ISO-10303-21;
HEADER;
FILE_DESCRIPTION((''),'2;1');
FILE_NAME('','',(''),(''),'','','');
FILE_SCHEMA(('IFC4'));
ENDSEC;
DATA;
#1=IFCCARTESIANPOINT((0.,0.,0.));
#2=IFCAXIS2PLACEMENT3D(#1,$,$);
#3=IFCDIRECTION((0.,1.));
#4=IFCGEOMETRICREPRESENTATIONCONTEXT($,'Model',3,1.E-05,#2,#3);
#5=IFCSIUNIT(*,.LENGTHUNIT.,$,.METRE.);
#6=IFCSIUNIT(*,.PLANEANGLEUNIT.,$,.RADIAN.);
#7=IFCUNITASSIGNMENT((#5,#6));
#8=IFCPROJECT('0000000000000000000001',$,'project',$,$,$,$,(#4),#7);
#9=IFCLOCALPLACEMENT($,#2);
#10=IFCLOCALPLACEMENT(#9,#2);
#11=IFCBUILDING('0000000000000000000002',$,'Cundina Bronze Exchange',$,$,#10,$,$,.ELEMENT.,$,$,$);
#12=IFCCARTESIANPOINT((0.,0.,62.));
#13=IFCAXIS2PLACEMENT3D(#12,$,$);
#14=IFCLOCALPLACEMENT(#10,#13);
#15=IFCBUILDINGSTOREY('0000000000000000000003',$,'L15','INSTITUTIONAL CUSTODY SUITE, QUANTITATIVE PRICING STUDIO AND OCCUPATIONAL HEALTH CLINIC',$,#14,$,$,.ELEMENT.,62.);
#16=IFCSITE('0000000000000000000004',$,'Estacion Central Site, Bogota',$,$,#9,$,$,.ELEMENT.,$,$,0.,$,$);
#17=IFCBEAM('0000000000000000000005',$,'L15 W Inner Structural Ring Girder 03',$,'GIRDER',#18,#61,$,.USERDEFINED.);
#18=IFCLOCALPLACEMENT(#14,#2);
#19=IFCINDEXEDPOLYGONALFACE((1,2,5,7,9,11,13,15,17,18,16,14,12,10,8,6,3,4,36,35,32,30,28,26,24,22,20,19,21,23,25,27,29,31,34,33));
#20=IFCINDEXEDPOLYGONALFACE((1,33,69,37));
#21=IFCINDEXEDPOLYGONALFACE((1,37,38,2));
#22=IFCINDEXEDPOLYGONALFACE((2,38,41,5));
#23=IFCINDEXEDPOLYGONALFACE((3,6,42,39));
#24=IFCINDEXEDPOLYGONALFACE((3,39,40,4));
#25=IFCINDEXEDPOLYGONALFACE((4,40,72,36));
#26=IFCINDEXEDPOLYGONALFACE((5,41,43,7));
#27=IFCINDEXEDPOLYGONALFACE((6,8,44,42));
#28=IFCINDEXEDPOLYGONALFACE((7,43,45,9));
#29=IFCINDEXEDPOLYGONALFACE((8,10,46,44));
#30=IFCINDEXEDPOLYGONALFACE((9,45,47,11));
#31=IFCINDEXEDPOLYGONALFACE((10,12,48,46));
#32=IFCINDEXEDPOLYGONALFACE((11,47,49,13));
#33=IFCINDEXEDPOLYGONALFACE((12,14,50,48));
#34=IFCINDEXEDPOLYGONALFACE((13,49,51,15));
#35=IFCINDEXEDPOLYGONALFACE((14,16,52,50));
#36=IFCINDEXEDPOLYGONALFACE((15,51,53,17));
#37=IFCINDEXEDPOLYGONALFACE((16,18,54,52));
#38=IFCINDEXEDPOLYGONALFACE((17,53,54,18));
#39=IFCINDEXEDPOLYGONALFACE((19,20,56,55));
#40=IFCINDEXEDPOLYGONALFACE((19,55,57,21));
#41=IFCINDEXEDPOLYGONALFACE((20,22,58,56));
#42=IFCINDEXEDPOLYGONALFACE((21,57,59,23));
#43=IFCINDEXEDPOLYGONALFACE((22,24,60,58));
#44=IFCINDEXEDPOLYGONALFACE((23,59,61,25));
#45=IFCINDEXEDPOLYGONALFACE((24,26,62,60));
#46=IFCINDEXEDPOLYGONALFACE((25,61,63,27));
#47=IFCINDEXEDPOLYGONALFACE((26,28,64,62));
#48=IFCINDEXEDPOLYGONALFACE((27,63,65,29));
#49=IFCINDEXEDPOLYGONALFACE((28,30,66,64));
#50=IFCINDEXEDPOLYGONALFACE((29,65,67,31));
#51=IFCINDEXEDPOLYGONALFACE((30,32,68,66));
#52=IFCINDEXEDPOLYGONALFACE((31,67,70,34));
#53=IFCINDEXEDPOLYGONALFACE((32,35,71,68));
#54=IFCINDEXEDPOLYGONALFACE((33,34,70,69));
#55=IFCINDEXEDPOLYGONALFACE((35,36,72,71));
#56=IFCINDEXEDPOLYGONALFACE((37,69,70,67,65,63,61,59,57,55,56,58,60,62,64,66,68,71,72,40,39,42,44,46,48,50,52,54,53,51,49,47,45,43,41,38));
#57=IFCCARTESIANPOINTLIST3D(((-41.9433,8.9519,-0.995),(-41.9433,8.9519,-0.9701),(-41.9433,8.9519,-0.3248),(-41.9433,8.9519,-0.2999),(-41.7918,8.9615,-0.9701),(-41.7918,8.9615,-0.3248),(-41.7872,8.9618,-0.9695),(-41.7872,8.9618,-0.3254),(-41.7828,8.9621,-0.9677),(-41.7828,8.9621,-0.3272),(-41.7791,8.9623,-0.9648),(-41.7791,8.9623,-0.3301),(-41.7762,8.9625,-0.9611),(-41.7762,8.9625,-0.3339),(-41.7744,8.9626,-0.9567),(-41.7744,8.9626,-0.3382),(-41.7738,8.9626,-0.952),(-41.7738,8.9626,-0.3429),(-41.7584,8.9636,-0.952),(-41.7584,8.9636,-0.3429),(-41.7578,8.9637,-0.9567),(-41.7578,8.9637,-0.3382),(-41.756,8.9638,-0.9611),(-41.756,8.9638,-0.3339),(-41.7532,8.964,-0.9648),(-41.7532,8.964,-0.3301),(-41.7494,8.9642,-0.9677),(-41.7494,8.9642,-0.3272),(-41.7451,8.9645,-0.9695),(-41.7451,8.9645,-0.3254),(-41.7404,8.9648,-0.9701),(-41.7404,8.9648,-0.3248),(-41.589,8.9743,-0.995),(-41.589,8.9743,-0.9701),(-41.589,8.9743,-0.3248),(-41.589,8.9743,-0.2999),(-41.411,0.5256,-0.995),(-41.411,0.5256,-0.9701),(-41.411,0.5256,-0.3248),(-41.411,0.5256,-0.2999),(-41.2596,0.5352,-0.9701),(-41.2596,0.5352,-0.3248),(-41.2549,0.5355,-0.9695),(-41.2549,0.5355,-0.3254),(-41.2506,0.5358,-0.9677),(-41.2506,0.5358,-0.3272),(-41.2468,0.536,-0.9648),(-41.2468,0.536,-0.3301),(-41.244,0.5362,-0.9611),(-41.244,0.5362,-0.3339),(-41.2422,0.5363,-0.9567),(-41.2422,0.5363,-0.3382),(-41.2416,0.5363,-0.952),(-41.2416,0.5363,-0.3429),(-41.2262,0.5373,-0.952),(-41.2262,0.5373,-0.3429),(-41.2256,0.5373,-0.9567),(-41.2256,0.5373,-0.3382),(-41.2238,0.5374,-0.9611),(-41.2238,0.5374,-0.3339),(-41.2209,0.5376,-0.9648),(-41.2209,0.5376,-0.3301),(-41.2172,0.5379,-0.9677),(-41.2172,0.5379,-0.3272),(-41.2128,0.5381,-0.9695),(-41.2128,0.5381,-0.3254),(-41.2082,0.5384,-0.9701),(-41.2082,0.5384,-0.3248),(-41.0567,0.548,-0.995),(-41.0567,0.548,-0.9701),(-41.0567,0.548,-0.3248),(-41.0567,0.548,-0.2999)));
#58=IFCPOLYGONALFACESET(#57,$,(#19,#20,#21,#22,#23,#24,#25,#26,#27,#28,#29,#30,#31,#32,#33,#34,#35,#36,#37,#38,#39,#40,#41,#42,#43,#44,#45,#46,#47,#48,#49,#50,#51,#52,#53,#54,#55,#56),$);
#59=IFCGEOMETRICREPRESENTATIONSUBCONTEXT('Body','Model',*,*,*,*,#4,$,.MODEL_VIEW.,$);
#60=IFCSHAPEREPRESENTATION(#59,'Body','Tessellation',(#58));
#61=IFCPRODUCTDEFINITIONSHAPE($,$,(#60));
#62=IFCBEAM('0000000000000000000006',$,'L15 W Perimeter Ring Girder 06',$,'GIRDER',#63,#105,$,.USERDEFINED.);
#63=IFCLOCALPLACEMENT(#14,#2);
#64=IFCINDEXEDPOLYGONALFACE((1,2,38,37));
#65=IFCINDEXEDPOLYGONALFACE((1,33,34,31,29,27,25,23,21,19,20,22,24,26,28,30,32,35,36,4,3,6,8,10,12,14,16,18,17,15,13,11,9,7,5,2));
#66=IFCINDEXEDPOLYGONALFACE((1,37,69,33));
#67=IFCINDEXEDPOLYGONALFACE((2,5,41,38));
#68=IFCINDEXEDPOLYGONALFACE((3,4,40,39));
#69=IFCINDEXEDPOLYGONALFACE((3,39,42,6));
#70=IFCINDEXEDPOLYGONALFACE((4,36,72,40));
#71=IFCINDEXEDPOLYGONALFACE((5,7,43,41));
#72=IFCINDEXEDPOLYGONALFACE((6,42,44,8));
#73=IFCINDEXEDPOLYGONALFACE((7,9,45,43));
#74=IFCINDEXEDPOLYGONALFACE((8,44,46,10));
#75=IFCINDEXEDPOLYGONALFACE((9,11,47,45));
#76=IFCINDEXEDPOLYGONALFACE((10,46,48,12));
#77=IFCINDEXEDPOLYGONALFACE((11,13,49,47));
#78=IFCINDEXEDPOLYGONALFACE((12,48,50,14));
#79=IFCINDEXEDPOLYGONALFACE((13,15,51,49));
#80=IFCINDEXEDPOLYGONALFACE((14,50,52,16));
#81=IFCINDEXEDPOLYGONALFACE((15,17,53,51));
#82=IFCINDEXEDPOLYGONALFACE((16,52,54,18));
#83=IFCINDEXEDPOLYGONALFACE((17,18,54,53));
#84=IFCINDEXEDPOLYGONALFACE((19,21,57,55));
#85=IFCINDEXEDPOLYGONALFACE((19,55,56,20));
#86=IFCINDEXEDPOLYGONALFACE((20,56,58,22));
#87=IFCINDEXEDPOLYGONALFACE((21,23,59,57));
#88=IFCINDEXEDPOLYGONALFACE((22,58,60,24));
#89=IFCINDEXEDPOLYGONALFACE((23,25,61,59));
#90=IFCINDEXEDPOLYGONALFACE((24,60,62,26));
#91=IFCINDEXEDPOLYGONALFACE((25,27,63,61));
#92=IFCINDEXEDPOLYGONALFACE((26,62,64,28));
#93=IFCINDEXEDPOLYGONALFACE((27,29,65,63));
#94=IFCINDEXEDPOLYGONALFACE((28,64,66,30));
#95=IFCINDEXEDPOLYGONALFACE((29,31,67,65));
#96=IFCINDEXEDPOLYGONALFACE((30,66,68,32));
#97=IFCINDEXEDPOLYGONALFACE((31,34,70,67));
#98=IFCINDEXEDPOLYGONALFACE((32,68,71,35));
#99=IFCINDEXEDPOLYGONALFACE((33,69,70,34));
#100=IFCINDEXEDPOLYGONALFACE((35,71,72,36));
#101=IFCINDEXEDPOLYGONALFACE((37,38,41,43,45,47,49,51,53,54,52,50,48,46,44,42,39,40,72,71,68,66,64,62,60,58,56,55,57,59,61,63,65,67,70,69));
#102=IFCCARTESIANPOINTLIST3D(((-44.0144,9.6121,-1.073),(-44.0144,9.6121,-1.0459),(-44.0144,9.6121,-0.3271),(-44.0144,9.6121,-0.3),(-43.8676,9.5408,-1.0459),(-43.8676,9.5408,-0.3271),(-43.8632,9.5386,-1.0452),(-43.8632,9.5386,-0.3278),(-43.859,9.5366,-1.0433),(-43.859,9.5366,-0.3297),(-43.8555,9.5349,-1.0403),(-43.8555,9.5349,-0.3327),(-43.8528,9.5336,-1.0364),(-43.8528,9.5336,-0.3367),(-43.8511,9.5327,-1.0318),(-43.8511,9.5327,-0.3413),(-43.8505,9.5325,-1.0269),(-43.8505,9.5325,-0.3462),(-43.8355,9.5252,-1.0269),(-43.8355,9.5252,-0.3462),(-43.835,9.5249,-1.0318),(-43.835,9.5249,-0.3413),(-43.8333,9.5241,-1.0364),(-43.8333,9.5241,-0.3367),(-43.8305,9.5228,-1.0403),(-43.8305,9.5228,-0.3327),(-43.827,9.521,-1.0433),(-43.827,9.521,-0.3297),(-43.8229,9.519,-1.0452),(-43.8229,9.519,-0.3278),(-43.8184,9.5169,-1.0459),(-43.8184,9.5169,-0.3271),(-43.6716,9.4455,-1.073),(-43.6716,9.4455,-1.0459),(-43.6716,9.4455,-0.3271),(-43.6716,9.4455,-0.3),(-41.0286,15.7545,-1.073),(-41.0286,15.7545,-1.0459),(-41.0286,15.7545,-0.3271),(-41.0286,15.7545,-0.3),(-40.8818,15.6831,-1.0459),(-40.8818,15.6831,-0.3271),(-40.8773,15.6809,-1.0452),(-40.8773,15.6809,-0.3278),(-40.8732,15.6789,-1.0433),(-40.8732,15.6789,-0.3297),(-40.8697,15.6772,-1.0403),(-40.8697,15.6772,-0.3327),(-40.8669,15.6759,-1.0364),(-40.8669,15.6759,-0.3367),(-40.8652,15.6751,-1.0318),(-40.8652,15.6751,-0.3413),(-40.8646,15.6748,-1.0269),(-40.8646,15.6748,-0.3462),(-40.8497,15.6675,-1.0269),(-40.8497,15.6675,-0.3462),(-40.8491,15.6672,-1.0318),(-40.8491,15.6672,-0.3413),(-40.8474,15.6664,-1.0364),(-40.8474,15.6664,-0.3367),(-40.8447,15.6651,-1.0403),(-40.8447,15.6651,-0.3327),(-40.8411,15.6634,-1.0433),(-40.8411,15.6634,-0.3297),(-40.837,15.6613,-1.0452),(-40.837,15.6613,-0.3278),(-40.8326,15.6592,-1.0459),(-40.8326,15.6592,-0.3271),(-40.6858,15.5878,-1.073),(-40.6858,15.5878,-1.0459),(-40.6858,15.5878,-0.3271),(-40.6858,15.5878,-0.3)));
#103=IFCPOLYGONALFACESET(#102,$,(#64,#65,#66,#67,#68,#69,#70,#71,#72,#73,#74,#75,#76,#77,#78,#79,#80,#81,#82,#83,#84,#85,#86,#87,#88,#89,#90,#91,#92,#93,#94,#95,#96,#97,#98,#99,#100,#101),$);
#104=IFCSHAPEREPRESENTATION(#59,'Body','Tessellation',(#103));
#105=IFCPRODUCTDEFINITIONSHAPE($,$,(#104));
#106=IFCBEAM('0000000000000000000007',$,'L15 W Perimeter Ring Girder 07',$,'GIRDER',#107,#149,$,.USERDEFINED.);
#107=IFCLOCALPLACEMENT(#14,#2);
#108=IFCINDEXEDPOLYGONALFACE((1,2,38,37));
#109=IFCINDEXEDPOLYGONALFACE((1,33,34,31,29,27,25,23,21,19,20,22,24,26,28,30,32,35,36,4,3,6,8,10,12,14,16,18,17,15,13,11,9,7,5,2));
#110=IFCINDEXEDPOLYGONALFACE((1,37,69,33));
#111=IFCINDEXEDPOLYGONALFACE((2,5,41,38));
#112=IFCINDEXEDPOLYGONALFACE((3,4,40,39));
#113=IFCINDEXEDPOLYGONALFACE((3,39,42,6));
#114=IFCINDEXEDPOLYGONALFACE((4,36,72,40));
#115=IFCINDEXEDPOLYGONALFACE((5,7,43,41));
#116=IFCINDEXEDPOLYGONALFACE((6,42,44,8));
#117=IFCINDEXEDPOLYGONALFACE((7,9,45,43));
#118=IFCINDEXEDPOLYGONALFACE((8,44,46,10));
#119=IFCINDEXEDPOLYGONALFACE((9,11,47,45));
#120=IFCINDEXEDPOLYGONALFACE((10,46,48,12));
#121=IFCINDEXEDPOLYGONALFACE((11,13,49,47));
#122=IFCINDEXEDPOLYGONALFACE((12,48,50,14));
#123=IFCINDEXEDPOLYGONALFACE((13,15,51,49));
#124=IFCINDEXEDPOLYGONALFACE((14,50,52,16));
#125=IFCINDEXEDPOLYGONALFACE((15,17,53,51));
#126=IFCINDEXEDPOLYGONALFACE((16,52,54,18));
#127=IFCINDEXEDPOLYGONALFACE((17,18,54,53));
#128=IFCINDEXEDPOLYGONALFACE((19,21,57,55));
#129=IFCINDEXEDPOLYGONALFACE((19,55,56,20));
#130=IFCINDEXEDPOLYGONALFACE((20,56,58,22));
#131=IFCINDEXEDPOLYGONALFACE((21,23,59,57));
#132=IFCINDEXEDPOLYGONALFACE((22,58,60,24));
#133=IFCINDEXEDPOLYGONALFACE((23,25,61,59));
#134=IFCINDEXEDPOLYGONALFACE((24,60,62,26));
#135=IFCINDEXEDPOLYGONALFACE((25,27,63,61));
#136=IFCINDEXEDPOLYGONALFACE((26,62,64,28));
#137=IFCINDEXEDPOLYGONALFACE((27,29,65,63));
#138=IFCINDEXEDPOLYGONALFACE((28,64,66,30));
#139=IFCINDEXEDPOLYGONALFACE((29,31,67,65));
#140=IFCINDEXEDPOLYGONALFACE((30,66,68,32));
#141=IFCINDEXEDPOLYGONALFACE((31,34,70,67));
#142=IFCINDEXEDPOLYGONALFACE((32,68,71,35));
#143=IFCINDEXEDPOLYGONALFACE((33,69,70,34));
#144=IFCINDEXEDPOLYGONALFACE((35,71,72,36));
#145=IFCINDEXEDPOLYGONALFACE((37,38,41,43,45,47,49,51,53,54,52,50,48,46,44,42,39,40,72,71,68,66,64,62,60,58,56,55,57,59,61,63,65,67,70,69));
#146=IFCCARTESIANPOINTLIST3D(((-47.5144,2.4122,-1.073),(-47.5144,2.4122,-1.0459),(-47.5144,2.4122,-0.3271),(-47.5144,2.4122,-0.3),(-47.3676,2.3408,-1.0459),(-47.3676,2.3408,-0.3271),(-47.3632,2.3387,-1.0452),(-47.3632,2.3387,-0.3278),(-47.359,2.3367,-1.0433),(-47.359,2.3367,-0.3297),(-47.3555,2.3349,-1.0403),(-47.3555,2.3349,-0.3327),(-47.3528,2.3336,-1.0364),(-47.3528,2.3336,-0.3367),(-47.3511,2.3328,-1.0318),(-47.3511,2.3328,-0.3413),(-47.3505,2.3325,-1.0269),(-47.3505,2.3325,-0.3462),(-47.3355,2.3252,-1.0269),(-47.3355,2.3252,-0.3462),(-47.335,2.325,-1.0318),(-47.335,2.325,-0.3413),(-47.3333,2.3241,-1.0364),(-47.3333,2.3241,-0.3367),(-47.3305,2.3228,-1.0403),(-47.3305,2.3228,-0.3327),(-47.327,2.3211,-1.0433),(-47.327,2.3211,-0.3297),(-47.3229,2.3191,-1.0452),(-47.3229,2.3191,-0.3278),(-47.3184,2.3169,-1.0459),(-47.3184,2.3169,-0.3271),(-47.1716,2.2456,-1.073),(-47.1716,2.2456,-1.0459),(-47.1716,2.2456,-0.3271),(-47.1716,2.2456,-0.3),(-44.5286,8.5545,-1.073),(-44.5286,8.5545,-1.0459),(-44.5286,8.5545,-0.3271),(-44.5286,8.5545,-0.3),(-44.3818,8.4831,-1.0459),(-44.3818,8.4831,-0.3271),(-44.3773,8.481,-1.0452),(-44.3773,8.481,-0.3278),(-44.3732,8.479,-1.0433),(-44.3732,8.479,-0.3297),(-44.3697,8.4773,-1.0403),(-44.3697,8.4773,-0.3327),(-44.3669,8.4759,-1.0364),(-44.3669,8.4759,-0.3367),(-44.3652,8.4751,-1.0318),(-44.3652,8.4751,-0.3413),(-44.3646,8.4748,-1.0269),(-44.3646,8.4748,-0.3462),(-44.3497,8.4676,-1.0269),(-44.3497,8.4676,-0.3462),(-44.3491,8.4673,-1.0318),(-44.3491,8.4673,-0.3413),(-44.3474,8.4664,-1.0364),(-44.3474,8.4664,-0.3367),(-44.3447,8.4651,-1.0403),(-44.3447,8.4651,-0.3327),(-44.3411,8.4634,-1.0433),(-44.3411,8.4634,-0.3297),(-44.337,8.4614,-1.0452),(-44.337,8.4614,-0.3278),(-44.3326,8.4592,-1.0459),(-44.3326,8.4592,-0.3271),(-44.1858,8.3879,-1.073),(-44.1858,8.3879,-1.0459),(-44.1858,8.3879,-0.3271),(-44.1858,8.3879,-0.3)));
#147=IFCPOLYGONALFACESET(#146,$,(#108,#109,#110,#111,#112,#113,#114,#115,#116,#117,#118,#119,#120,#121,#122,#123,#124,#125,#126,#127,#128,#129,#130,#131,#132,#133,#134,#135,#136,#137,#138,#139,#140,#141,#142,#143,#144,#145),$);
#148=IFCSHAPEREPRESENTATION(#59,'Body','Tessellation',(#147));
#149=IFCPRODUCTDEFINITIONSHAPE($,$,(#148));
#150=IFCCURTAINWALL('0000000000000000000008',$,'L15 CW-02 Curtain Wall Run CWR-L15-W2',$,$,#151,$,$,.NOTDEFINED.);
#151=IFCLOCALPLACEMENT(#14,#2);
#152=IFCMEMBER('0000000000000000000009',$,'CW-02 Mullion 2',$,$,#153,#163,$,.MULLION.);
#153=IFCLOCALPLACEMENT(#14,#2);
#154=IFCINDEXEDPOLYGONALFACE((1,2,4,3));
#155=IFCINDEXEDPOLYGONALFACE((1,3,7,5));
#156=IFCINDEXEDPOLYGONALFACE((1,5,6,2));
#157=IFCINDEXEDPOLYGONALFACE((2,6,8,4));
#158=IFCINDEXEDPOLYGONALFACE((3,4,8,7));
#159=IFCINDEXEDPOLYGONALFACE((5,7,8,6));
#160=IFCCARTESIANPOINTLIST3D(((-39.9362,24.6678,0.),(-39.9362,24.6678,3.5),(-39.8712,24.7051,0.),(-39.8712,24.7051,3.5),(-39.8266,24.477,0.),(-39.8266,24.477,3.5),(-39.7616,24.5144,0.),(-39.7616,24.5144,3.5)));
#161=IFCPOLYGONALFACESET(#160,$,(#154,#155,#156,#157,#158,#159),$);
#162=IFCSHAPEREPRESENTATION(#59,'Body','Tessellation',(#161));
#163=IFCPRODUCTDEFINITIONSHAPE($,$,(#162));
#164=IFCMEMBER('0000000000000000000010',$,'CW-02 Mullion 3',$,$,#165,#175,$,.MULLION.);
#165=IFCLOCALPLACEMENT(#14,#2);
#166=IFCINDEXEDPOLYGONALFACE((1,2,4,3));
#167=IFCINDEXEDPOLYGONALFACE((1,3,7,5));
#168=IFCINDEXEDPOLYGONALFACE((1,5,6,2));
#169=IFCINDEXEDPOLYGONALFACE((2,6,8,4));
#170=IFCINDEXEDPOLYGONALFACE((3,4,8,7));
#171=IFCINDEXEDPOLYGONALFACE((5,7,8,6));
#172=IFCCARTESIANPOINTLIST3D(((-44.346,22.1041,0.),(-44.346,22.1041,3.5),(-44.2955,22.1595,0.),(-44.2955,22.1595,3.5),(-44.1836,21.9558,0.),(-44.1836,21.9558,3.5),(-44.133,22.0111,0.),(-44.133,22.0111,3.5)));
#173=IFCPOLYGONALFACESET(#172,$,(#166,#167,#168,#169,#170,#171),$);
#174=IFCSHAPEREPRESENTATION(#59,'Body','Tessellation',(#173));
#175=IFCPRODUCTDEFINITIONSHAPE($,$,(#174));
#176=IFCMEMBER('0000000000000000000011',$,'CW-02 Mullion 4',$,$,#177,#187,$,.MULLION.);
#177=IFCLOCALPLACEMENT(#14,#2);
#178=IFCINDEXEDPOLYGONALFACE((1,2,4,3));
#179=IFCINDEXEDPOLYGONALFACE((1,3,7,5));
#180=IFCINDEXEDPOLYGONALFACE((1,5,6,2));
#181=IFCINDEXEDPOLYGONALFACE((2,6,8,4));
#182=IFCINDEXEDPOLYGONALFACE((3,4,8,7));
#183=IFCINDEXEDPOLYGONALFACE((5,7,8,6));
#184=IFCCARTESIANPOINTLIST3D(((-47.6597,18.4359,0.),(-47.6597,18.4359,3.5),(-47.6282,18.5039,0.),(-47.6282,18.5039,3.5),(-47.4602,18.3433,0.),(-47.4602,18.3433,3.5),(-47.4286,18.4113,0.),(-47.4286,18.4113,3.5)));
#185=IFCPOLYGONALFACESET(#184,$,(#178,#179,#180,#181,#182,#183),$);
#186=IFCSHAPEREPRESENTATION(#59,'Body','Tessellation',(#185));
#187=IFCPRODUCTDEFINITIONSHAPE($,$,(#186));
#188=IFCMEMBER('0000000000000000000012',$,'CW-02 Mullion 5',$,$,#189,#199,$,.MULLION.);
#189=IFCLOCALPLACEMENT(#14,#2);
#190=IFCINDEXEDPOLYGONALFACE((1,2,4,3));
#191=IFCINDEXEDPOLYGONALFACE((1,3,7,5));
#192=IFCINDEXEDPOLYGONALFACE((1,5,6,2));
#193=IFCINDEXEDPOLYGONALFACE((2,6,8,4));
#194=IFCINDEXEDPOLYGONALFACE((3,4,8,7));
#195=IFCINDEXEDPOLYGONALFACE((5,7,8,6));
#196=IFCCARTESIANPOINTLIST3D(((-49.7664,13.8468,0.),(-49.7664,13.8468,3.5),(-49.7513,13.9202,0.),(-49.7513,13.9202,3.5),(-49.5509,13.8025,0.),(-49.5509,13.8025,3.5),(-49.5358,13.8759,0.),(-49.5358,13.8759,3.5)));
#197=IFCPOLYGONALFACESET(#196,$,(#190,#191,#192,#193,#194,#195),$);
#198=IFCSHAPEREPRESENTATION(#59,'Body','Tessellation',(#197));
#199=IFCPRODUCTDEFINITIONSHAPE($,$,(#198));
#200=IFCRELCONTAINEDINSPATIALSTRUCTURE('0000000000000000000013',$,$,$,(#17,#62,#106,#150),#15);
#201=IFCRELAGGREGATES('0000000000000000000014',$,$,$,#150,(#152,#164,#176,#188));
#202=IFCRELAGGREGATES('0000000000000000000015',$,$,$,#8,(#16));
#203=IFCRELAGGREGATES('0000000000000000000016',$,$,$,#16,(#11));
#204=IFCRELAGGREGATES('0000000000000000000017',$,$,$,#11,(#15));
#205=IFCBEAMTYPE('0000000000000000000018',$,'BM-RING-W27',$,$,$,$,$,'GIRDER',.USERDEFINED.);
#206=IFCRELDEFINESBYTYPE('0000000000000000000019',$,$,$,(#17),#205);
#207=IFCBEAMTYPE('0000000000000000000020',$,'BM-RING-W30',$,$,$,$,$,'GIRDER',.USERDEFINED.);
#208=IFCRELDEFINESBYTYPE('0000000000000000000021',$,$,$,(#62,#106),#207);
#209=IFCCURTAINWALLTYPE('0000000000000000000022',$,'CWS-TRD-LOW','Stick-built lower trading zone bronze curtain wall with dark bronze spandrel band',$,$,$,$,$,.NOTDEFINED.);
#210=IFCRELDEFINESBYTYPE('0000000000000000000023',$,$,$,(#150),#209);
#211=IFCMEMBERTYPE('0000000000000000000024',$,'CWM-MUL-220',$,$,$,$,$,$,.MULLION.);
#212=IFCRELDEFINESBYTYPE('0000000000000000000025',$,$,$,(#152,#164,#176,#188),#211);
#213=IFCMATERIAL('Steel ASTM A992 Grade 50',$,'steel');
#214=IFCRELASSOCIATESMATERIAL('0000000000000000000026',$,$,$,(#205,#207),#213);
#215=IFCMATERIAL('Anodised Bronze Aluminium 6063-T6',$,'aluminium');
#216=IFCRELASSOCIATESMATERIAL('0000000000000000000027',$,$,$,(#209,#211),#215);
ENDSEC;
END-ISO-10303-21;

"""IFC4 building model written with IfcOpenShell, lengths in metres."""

from ifc_helpers import new_model, si_unit, direction, frame, origin, origin_2d, place, context, subcontext, project, spatial, rectangle, i_section, extrude, material, material_profile, profile_set, type_object, element, aggregate, save


model = new_model("IFC4")

# Units and contexts
model_context = context("Model", 3, precision=1e-05, world=origin(), true_north=direction((0.0, 1.0)))
body_context = subcontext(model_context, "Body", "Model", "MODEL_VIEW")
ifc_project = project(units=[si_unit("LENGTHUNIT", "METRE"), si_unit("PLANEANGLEUNIT", "RADIAN")], contexts=[model_context])

# Site, building, storey
site_placement = place(None, origin())
site = spatial("IfcSite", under=ifc_project, at=site_placement, Name="Estacion Central Site, Bogota", CompositionType="ELEMENT", RefElevation=0.0)
building_placement = place(site_placement, origin())
building = spatial("IfcBuilding", under=site, at=building_placement, Name="Cundina Bronze Exchange", CompositionType="ELEMENT")
storey_placement = place(building_placement, frame((0.0, 0.0, 62.0)))
storey = spatial("IfcBuildingStorey", under=building, at=storey_placement, Name="L15", Description="INSTITUTIONAL CUSTODY SUITE, QUANTITATIVE PRICING STUDIO AND OCCUPATIONAL HEALTH CLINIC", CompositionType="ELEMENT", Elevation=62.0)

# Beams
ifc_material_1 = material(Name="Steel ASTM A992 Grade 50", Category="steel")
ifc_material_profile_1 = material_profile(ifc_material_1, i_section(OverallWidth=0.355, OverallDepth=0.6951, WebThickness=0.0154, FlangeThickness=0.0249, FilletRadius=0.0181, at=origin_2d()), Name="W27X146", Category="steel")
ifc_profile_set_1 = profile_set([ifc_material_profile_1], Name="Steel ASTM A992 Grade 50")
beam_type_1 = type_object("IfcBeamType", Name="BM-RING-W27", ElementType="GIRDER", PredefinedType="USERDEFINED", material=ifc_profile_set_1)
beam_1_placement = place(storey_placement, frame((-41.7661, 8.9631, -0.6475), z_axis=(0.063037, -0.998011, 0.0), x_axis=(0.998011, 0.063037, 0.0)))
element("IfcBeam", 1, at=beam_1_placement, inside=storey, type_object=beam_type_1, Name="L15 W Inner Structural Ring Girder 03", ObjectType="GIRDER", PredefinedType="USERDEFINED", context=body_context, shape_type="SweptSolid", body=[
    extrude(i_section(OverallWidth=0.355, OverallDepth=0.6951, WebThickness=0.0154, FlangeThickness=0.0249, FilletRadius=0.0181, at=origin_2d()), origin(), (0.0, 0.0, 1.0), 8.4431),
])
ifc_material_profile_2 = material_profile(ifc_material_1, i_section(OverallWidth=0.3811, OverallDepth=0.7729, WebThickness=0.0166, FlangeThickness=0.0271, FilletRadius=0.019, at=origin_2d()), Name="W30X173", Category="steel")
ifc_profile_set_2 = profile_set([ifc_material_profile_2], Name="Steel ASTM A992 Grade 50")
beam_type_2 = type_object("IfcBeamType", Name="BM-RING-W30", ElementType="GIRDER", PredefinedType="USERDEFINED", material=ifc_profile_set_2)
for number, where, z_axis, x_axis, name in (
    (2, (-40.8572, 15.6711, -0.6865), (-0.437191, -0.899369, 0.0), (0.899369, -0.437191, 0.0), "L15 W Perimeter Ring Girder 06"),
    (3, (-44.3572, 8.4712, -0.6865), (-0.437191, -0.899369, 0.0), (0.899369, -0.437191, 0.0), "L15 W Perimeter Ring Girder 07"),
):
    element("IfcBeam", number, at=place(storey_placement, frame(where, z_axis=z_axis, x_axis=x_axis)), inside=storey, type_object=beam_type_2, Name=name, ObjectType="GIRDER", PredefinedType="USERDEFINED", context=body_context, shape_type="SweptSolid", body=[
        extrude(i_section(OverallWidth=0.3811, OverallDepth=0.7729, WebThickness=0.0166, FlangeThickness=0.0271, FilletRadius=0.019, at=origin_2d()), origin(), (0.0, 0.0, 1.0), 6.8296),
    ])

# Curtain wall, members
ifc_material_2 = material(Name="Anodised Bronze Aluminium 6063-T6", Category="aluminium")
curtain_wall_type = type_object("IfcCurtainWallType", Name="CWS-TRD-LOW", Description="Stick-built lower trading zone bronze curtain wall with dark bronze spandrel band", PredefinedType="NOTDEFINED", material=ifc_material_2)
curtain_wall_placement = place(storey_placement, origin())
curtain_wall = element("IfcCurtainWall", 4, at=curtain_wall_placement, inside=storey, type_object=curtain_wall_type, Name="L15 CW-02 Curtain Wall Run CWR-L15-W2", PredefinedType="NOTDEFINED")
ifc_material_profile_3 = material_profile(ifc_material_2, rectangle(XDim=0.075, YDim=0.22, at=origin_2d()), Name="AL75X220", Category="aluminium")
ifc_profile_set_3 = profile_set([ifc_material_profile_3], Name="Anodised Bronze Aluminium 6063-T6")
member_type_1 = type_object("IfcMemberType", Name="CWM-MUL-220", PredefinedType="MULLION", material=ifc_profile_set_3)
member_1_placement = place(storey_placement, frame((-39.8489, 24.5911, 0.0), z_axis=(0.0, 0.0, 1.0), x_axis=(-0.867071, -0.498185, 0.0)))
member_1 = element("IfcMember", 5, at=member_1_placement, type_object=member_type_1, Name="CW-02 Mullion 2", PredefinedType="MULLION", context=body_context, shape_type="SweptSolid", body=[
    extrude(rectangle(XDim=0.075, YDim=0.22, at=origin_2d()), origin(), (0.0, 0.0, 1.0), 3.5),
])
member_2_placement = place(storey_placement, frame((-44.2395, 22.0576, 0.0), z_axis=(0.0, 0.0, 1.0), x_axis=(-0.674302, -0.738455, 0.0)))
member_2 = element("IfcMember", 6, at=member_2_placement, type_object=member_type_1, Name="CW-02 Mullion 3", PredefinedType="MULLION", context=body_context, shape_type="SweptSolid", body=[
    extrude(rectangle(XDim=0.075, YDim=0.22, at=origin_2d()), origin(), (0.0, 0.0, 1.0), 3.5),
])
member_3_placement = place(storey_placement, frame((-47.5442, 18.4236, 0.0), z_axis=(0.0, 0.0, 1.0), x_axis=(-0.420877, -0.907117, 0.0)))
member_3 = element("IfcMember", 7, at=member_3_placement, type_object=member_type_1, Name="CW-02 Mullion 4", PredefinedType="MULLION", context=body_context, shape_type="SweptSolid", body=[
    extrude(rectangle(XDim=0.075, YDim=0.22, at=origin_2d()), origin(), (0.0, 0.0, 1.0), 3.5),
])
member_4_placement = place(storey_placement, frame((-49.6511, 13.8613, 0.0), z_axis=(0.0, 0.0, 1.0), x_axis=(-0.20142, -0.979505, 0.0)))
member_4 = element("IfcMember", 8, at=member_4_placement, type_object=member_type_1, Name="CW-02 Mullion 5", PredefinedType="MULLION", context=body_context, shape_type="SweptSolid", body=[
    extrude(rectangle(XDim=0.075, YDim=0.22, at=origin_2d()), origin(), (0.0, 0.0, 1.0), 3.5),
])
aggregate(curtain_wall, [member_1, member_2, member_3, member_4])

save(model, "model.ifc")
